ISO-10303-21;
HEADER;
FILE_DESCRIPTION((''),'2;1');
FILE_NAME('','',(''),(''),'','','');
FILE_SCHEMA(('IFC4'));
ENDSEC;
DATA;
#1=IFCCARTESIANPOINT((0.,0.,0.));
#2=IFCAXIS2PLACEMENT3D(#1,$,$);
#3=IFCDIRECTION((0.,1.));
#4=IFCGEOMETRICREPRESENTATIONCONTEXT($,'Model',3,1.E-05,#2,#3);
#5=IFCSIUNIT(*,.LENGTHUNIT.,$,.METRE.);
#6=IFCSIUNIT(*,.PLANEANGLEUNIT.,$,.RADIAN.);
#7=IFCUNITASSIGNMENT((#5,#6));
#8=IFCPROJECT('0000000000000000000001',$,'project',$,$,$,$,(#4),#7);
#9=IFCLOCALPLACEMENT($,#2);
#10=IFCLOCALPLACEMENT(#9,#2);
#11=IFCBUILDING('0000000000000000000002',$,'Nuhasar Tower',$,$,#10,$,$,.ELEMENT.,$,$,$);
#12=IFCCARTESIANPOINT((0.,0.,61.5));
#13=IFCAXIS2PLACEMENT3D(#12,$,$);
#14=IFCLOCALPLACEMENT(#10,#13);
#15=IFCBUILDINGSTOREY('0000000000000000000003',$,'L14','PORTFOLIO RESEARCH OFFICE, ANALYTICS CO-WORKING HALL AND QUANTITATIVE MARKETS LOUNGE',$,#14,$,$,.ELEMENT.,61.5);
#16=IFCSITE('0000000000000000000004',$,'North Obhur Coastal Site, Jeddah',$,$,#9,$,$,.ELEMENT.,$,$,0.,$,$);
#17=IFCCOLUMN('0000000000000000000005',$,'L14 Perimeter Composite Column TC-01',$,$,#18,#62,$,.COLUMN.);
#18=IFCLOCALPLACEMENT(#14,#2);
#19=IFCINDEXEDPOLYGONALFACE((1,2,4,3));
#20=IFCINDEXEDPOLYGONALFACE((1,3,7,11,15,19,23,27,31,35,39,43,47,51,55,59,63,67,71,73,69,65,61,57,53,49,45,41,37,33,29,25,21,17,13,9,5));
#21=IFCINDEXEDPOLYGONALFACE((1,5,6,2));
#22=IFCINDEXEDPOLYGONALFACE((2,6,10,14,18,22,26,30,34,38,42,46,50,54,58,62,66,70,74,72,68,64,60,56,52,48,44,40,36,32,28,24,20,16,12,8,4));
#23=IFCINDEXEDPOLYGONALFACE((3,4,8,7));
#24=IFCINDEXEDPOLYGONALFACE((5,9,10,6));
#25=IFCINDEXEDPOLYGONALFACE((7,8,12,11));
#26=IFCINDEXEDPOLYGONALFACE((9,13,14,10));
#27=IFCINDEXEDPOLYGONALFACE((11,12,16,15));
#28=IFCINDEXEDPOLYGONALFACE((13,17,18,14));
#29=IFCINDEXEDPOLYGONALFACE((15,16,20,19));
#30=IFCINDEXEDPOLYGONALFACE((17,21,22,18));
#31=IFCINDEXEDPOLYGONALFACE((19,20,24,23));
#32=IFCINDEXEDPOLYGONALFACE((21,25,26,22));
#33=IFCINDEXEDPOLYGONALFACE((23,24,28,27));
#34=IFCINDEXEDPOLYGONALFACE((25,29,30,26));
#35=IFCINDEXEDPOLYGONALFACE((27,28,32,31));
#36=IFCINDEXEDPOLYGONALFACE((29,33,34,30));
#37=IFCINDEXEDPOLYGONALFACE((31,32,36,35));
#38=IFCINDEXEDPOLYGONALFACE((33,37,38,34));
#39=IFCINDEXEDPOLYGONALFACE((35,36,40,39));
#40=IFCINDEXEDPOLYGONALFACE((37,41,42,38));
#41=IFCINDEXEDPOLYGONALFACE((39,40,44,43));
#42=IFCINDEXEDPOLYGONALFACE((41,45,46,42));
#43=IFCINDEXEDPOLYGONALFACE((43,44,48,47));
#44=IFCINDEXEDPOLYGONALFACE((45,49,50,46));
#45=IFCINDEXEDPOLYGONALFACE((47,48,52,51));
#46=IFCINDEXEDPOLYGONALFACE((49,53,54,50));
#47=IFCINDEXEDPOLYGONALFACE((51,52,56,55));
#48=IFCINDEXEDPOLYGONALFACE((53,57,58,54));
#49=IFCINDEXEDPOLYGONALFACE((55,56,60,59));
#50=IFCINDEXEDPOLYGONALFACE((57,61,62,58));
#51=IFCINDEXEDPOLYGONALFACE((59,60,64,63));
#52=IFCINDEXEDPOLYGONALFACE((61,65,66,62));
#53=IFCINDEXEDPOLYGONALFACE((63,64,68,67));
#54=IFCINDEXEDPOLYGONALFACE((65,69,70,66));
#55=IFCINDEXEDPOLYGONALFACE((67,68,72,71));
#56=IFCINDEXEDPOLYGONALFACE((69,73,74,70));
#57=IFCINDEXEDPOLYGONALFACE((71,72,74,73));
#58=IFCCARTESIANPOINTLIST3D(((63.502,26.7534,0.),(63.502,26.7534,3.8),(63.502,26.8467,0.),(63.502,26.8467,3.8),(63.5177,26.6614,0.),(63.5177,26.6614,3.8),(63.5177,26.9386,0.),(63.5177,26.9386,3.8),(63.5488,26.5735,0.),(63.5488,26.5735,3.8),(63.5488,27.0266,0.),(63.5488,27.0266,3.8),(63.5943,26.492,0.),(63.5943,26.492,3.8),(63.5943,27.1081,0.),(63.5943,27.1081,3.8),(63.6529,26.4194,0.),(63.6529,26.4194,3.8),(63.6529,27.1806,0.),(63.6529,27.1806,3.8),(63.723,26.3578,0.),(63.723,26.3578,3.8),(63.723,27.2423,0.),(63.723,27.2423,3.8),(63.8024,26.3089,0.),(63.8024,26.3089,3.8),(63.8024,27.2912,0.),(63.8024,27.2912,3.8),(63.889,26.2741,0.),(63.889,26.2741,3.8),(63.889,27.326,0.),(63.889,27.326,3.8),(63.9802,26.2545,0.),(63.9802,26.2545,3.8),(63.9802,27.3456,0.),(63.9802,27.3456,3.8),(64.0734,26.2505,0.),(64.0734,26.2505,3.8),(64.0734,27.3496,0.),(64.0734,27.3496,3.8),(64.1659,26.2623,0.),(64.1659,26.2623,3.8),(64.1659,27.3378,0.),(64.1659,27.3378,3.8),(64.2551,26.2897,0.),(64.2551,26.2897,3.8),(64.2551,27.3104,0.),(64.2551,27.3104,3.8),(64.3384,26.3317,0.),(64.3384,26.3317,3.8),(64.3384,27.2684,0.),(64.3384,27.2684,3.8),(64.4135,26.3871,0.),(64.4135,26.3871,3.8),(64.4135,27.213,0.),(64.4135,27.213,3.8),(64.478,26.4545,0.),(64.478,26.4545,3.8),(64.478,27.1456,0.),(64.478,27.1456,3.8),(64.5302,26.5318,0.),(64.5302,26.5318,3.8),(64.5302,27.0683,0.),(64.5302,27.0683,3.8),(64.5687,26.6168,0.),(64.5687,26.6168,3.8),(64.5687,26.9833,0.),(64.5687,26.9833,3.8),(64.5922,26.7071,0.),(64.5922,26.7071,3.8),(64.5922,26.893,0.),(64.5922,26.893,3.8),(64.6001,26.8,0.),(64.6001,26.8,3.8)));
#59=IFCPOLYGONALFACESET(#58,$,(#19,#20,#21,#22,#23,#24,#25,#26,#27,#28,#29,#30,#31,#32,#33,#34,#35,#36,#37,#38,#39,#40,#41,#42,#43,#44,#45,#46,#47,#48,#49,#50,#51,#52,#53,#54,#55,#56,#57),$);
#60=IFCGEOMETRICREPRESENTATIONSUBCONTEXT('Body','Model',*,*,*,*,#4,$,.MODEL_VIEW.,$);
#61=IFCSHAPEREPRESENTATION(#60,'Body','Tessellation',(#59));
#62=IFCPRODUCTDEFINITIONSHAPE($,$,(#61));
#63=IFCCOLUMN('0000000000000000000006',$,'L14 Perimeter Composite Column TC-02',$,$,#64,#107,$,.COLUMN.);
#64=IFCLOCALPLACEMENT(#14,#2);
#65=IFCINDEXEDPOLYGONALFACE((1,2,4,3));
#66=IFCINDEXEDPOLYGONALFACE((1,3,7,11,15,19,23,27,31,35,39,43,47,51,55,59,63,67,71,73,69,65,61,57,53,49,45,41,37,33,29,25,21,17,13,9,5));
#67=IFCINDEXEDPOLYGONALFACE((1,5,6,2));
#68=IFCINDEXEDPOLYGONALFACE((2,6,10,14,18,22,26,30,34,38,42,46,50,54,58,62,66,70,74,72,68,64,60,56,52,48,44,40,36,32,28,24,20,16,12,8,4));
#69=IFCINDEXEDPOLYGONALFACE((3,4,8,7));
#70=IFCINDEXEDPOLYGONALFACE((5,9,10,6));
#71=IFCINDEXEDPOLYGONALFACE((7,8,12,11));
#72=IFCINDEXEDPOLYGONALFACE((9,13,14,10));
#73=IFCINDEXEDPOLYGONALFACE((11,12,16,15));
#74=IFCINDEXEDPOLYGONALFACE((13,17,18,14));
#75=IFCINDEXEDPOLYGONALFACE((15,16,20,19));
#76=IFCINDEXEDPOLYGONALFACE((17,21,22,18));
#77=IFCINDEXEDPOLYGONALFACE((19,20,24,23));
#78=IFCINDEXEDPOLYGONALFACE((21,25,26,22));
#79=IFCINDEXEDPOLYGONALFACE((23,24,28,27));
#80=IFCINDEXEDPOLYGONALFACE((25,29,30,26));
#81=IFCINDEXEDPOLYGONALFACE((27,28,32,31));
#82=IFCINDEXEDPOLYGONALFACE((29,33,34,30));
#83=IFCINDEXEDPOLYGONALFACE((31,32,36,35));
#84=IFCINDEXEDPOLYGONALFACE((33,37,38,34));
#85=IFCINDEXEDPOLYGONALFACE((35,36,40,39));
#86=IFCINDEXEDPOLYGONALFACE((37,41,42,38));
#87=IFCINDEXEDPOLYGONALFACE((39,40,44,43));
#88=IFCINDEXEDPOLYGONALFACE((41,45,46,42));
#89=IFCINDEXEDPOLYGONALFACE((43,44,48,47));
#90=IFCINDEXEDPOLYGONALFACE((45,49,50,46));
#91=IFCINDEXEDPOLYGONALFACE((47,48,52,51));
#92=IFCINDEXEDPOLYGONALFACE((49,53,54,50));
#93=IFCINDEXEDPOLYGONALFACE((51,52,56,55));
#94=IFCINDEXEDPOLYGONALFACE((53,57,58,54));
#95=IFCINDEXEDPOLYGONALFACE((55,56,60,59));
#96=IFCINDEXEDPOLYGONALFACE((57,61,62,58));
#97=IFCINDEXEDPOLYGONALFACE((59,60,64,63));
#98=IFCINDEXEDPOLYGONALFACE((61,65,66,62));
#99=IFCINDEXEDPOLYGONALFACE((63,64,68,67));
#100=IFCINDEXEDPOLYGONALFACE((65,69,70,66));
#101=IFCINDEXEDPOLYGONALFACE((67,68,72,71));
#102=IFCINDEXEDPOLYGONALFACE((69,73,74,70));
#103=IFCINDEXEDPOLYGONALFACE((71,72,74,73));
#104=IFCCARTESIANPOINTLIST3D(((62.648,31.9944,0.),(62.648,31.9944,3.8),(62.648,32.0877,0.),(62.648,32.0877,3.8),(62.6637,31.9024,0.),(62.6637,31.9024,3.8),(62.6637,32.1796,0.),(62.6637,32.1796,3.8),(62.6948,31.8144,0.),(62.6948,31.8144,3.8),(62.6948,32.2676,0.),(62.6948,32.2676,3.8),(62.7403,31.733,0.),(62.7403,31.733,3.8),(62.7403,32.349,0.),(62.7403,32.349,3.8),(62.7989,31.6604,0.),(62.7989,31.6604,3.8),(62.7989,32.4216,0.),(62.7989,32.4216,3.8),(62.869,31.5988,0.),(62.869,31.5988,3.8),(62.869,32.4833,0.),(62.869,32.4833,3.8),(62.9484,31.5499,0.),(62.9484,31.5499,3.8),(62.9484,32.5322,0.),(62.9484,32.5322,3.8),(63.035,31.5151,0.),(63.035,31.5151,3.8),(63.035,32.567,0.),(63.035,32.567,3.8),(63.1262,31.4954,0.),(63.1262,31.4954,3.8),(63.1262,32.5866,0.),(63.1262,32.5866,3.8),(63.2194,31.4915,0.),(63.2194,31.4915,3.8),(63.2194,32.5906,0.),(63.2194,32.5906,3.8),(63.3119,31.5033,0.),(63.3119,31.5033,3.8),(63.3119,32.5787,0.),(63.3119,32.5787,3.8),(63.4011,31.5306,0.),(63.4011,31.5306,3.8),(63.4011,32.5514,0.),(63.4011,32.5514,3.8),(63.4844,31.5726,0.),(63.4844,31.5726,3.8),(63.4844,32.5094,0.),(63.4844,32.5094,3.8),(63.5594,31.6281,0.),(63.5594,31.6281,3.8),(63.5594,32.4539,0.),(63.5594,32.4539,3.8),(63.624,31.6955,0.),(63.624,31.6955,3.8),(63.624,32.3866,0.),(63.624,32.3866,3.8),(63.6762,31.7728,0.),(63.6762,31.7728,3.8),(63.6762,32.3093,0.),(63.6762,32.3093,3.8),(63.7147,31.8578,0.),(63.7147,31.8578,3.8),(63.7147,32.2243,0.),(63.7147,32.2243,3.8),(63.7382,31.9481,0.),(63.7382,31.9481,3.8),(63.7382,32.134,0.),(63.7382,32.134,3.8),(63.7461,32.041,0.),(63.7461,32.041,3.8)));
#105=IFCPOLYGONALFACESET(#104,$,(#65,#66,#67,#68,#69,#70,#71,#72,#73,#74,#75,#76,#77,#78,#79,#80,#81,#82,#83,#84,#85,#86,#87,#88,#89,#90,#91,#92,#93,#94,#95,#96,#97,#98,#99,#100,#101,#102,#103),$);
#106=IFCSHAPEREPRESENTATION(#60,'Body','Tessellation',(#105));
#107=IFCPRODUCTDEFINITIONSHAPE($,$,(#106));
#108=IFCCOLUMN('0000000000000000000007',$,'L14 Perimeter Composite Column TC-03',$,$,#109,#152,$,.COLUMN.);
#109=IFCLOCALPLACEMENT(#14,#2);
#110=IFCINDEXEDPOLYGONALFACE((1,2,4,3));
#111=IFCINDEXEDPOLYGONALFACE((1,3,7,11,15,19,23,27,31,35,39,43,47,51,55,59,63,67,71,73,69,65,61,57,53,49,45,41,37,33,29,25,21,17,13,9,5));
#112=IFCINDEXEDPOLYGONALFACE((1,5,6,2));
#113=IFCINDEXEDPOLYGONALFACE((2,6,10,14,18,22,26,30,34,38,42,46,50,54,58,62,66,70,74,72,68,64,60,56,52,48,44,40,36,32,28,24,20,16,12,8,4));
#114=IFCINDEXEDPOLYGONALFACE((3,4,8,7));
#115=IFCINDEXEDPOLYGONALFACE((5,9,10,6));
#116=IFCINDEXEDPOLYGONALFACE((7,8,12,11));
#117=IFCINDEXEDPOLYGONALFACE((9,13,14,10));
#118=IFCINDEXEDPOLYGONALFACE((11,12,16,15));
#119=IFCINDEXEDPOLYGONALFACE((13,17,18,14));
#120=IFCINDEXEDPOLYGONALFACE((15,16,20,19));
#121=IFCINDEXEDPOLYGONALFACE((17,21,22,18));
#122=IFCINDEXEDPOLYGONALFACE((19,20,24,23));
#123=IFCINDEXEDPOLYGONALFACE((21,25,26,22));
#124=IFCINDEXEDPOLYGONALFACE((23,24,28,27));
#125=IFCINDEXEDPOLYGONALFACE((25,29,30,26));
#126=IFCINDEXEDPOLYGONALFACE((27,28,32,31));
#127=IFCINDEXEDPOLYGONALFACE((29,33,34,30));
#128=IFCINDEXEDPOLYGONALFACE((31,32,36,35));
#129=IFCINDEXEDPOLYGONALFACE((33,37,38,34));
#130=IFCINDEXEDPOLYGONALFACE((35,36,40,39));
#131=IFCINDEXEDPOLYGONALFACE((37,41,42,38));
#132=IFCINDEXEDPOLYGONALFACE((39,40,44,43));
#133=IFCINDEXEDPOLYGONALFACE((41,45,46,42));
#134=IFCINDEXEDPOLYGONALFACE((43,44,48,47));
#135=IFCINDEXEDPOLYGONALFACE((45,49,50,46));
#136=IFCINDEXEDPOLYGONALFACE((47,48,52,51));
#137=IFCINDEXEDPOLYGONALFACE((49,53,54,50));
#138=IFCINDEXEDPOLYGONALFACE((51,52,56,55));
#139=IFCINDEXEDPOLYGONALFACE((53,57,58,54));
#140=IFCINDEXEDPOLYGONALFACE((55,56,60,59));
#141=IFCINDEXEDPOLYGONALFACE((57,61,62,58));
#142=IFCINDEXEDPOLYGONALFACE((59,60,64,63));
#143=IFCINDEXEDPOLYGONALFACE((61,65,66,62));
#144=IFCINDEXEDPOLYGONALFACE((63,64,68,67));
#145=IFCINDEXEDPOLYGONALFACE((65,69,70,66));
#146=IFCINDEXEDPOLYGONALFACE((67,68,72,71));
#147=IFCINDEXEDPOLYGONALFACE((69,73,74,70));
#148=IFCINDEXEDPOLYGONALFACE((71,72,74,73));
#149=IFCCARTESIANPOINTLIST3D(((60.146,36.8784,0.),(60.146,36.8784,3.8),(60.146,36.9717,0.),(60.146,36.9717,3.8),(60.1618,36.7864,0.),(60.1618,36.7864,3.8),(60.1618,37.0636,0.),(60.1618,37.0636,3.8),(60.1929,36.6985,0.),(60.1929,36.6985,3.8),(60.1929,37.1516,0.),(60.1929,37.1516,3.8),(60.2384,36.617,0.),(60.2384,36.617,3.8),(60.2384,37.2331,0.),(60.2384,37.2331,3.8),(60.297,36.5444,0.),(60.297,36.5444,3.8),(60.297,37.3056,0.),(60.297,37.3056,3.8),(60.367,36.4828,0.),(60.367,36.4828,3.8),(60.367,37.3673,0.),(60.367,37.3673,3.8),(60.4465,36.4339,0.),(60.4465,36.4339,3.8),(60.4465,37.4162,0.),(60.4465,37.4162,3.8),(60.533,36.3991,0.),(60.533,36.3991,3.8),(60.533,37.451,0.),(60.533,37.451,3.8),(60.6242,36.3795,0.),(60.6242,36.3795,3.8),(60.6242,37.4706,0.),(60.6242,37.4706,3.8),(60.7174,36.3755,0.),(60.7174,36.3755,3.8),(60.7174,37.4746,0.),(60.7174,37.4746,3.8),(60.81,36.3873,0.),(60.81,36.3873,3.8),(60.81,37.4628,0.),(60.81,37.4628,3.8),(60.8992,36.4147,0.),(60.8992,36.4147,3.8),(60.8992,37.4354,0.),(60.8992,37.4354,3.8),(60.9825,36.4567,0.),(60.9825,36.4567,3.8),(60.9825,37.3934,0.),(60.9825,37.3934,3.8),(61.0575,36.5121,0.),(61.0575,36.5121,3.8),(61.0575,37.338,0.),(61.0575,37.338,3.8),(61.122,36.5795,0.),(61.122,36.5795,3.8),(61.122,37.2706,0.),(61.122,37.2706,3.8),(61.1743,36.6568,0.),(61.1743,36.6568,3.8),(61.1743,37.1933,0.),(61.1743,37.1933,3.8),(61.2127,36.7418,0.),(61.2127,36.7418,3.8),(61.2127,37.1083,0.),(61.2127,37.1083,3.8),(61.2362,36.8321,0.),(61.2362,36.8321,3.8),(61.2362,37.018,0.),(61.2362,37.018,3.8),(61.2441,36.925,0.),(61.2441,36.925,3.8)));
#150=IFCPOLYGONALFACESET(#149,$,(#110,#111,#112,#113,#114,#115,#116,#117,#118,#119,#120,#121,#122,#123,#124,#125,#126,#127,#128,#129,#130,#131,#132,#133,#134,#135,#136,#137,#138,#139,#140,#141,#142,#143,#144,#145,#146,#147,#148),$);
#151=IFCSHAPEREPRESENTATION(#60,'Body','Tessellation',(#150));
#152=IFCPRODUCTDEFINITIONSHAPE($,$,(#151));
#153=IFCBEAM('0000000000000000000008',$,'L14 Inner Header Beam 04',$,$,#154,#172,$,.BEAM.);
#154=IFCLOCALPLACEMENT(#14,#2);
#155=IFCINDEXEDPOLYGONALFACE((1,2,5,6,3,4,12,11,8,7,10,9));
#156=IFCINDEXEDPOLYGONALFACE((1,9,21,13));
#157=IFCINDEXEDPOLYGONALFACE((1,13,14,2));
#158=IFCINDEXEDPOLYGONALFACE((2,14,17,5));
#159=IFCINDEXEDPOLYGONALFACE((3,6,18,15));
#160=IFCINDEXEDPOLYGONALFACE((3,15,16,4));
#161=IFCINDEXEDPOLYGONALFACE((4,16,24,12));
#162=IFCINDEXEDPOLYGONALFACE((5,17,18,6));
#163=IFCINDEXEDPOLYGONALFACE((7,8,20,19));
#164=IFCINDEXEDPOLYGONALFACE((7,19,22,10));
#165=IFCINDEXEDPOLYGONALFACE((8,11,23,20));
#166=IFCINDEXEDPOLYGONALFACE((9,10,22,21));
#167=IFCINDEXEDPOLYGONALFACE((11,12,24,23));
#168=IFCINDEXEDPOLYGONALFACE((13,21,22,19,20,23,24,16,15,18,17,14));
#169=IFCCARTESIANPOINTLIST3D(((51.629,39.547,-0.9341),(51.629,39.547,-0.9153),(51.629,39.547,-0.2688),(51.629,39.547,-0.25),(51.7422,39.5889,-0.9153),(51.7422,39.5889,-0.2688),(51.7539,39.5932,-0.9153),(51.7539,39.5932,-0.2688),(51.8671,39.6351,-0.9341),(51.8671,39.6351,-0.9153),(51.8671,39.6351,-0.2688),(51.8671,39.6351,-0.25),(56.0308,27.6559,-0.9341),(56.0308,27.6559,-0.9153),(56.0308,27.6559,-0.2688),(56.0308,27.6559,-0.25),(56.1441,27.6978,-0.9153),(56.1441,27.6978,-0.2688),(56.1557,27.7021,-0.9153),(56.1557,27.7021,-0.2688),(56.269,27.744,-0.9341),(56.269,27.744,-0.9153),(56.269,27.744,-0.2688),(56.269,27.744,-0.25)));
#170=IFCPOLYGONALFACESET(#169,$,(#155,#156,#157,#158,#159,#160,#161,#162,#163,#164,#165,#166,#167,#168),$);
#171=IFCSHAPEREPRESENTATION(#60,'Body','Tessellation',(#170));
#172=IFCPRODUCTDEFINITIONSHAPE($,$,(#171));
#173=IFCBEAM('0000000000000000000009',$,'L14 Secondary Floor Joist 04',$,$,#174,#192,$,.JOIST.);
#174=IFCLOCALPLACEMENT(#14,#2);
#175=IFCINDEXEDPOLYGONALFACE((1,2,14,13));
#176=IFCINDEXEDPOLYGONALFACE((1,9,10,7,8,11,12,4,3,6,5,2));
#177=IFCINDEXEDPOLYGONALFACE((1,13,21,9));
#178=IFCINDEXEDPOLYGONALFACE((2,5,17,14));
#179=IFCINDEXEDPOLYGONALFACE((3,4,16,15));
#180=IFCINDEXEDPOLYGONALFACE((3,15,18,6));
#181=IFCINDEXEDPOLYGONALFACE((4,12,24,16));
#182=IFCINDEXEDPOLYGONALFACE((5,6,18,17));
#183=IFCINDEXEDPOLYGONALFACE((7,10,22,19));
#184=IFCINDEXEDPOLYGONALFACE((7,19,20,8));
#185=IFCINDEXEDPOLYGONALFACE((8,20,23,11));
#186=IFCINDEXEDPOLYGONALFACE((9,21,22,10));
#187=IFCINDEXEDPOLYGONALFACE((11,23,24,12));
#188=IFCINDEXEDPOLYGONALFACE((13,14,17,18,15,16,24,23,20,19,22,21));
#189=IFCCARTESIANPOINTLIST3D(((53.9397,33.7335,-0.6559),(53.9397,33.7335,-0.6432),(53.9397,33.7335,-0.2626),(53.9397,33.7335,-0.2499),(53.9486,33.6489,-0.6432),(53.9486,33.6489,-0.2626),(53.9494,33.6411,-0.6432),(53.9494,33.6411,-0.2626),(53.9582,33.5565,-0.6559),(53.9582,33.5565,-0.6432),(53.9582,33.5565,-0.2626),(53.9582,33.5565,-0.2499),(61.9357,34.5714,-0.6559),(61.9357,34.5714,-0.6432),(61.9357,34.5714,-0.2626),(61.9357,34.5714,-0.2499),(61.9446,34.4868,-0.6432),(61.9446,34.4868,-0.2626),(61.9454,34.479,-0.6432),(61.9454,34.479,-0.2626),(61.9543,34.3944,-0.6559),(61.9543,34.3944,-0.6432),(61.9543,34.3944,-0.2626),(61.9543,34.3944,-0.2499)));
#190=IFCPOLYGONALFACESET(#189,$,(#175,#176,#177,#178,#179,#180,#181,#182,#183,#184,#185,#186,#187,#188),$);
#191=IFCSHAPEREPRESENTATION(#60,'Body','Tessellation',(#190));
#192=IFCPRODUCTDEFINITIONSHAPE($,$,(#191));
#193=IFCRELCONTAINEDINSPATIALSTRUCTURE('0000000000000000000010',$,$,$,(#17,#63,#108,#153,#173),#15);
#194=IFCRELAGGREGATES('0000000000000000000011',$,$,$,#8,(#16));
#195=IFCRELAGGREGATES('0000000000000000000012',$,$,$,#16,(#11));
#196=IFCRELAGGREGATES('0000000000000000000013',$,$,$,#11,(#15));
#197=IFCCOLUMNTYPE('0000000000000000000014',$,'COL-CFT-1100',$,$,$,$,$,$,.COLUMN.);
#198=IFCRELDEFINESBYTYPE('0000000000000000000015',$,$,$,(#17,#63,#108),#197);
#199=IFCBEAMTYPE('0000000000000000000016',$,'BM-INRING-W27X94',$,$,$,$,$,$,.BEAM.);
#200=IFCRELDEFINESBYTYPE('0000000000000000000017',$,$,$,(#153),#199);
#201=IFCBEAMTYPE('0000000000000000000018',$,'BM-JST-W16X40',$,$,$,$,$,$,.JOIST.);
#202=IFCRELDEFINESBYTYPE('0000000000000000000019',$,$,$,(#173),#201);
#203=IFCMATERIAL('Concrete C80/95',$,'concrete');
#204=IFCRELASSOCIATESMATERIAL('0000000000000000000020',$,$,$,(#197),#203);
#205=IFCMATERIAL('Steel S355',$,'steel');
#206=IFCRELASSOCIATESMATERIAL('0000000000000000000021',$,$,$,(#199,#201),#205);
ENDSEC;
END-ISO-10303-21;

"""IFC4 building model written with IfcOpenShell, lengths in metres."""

from ifc_helpers import new_model, si_unit, direction, frame, origin, origin_2d, place, context, subcontext, project, spatial, circle, i_section, extrude, material, material_profile, profile_set, type_object, element, save


model = new_model("IFC4")

# Units and contexts
model_context = context("Model", 3, precision=1e-05, world=origin(), true_north=direction((0.0, 1.0)))
body_context = subcontext(model_context, "Body", "Model", "MODEL_VIEW")
ifc_project = project(units=[si_unit("LENGTHUNIT", "METRE"), si_unit("PLANEANGLEUNIT", "RADIAN")], contexts=[model_context])

# Site, building, storey
site_placement = place(None, origin())
site = spatial("IfcSite", under=ifc_project, at=site_placement, Name="North Obhur Coastal Site, Jeddah", CompositionType="ELEMENT", RefElevation=0.0)
building_placement = place(site_placement, origin())
building = spatial("IfcBuilding", under=site, at=building_placement, Name="Nuhasar Tower", CompositionType="ELEMENT")
storey_placement = place(building_placement, frame((0.0, 0.0, 61.5)))
storey = spatial("IfcBuildingStorey", under=building, at=storey_placement, Name="L14", Description="PORTFOLIO RESEARCH OFFICE, ANALYTICS CO-WORKING HALL AND QUANTITATIVE MARKETS LOUNGE", CompositionType="ELEMENT", Elevation=61.5)

# Columns
ifc_material_1 = material(Name="Concrete C80/95", Category="concrete")
ifc_material_profile_1 = material_profile(ifc_material_1, circle(Radius=0.55, at=origin_2d()), Name="CFT1100")
ifc_profile_set_1 = profile_set([ifc_material_profile_1], Name="Concrete C80/95")
column_type = type_object("IfcColumnType", Name="COL-CFT-1100", PredefinedType="COLUMN", material=ifc_profile_set_1)
for number, where, z_axis, x_axis, name in (
    (1, (64.05, 26.8, 0.0), (0.0, 0.0, 1.0), (1.0, 0.0, 0.0), "L14 Perimeter Composite Column TC-01"),
    (2, (63.196, 32.041, 0.0), (0.0, 0.0, 1.0), (1.0, 0.0, 0.0), "L14 Perimeter Composite Column TC-02"),
    (3, (60.6941, 36.925, 0.0), (0.0, 0.0, 1.0), (1.0, 0.0, 0.0), "L14 Perimeter Composite Column TC-03"),
):
    element("IfcColumn", number, at=place(storey_placement, frame(where, z_axis=z_axis, x_axis=x_axis)), inside=storey, type_object=column_type, Name=name, PredefinedType="COLUMN", context=body_context, shape_type="SweptSolid", body=[
        extrude(circle(Radius=0.55, at=origin_2d()), origin(), (0.0, 0.0, 1.0), 3.8),
    ])

# Beams
ifc_material_2 = material(Name="Steel S355", Category="steel")
ifc_material_profile_2 = material_profile(ifc_material_2, i_section(OverallWidth=0.2539, OverallDepth=0.6841, WebThickness=0.0125, FlangeThickness=0.0188, at=origin_2d()), Name="W27X94")
ifc_profile_set_2 = profile_set([ifc_material_profile_2], Name="Steel S355")
beam_type_1 = type_object("IfcBeamType", Name="BM-INRING-W27X94", PredefinedType="BEAM", material=ifc_profile_set_2)
beam_1_placement = place(storey_placement, frame((56.1499, 27.7, -0.592), z_axis=(-0.347158, 0.937807, 0.0), x_axis=(-0.937807, -0.347158, 0.0)))
element("IfcBeam", 4, at=beam_1_placement, inside=storey, type_object=beam_type_1, Name="L14 Inner Header Beam 04", PredefinedType="BEAM", context=body_context, shape_type="SweptSolid", body=[
    extrude(i_section(OverallWidth=0.2539, OverallDepth=0.6841, WebThickness=0.0125, FlangeThickness=0.0188, at=origin_2d()), origin(), (0.0, 0.0, 1.0), 12.6797),
])
ifc_material_profile_3 = material_profile(ifc_material_2, i_section(OverallWidth=0.178, OverallDepth=0.406, WebThickness=0.0078, FlangeThickness=0.0127, at=origin_2d()), Name="W16X40")
ifc_profile_set_3 = profile_set([ifc_material_profile_3], Name="Steel S355")
beam_type_2 = type_object("IfcBeamType", Name="BM-JST-W16X40", PredefinedType="JOIST", material=ifc_profile_set_3)
beam_2_placement = place(storey_placement, frame((53.949, 33.645, -0.4529), z_axis=(0.994555, 0.104217, 0.0), x_axis=(-0.104217, 0.994555, 0.0)))
element("IfcBeam", 5, at=beam_2_placement, inside=storey, type_object=beam_type_2, Name="L14 Secondary Floor Joist 04", PredefinedType="JOIST", context=body_context, shape_type="SweptSolid", body=[
    extrude(i_section(OverallWidth=0.178, OverallDepth=0.406, WebThickness=0.0078, FlangeThickness=0.0127, at=origin_2d()), origin(), (0.0, 0.0, 1.0), 8.0398),
])

save(model, "model.ifc")
